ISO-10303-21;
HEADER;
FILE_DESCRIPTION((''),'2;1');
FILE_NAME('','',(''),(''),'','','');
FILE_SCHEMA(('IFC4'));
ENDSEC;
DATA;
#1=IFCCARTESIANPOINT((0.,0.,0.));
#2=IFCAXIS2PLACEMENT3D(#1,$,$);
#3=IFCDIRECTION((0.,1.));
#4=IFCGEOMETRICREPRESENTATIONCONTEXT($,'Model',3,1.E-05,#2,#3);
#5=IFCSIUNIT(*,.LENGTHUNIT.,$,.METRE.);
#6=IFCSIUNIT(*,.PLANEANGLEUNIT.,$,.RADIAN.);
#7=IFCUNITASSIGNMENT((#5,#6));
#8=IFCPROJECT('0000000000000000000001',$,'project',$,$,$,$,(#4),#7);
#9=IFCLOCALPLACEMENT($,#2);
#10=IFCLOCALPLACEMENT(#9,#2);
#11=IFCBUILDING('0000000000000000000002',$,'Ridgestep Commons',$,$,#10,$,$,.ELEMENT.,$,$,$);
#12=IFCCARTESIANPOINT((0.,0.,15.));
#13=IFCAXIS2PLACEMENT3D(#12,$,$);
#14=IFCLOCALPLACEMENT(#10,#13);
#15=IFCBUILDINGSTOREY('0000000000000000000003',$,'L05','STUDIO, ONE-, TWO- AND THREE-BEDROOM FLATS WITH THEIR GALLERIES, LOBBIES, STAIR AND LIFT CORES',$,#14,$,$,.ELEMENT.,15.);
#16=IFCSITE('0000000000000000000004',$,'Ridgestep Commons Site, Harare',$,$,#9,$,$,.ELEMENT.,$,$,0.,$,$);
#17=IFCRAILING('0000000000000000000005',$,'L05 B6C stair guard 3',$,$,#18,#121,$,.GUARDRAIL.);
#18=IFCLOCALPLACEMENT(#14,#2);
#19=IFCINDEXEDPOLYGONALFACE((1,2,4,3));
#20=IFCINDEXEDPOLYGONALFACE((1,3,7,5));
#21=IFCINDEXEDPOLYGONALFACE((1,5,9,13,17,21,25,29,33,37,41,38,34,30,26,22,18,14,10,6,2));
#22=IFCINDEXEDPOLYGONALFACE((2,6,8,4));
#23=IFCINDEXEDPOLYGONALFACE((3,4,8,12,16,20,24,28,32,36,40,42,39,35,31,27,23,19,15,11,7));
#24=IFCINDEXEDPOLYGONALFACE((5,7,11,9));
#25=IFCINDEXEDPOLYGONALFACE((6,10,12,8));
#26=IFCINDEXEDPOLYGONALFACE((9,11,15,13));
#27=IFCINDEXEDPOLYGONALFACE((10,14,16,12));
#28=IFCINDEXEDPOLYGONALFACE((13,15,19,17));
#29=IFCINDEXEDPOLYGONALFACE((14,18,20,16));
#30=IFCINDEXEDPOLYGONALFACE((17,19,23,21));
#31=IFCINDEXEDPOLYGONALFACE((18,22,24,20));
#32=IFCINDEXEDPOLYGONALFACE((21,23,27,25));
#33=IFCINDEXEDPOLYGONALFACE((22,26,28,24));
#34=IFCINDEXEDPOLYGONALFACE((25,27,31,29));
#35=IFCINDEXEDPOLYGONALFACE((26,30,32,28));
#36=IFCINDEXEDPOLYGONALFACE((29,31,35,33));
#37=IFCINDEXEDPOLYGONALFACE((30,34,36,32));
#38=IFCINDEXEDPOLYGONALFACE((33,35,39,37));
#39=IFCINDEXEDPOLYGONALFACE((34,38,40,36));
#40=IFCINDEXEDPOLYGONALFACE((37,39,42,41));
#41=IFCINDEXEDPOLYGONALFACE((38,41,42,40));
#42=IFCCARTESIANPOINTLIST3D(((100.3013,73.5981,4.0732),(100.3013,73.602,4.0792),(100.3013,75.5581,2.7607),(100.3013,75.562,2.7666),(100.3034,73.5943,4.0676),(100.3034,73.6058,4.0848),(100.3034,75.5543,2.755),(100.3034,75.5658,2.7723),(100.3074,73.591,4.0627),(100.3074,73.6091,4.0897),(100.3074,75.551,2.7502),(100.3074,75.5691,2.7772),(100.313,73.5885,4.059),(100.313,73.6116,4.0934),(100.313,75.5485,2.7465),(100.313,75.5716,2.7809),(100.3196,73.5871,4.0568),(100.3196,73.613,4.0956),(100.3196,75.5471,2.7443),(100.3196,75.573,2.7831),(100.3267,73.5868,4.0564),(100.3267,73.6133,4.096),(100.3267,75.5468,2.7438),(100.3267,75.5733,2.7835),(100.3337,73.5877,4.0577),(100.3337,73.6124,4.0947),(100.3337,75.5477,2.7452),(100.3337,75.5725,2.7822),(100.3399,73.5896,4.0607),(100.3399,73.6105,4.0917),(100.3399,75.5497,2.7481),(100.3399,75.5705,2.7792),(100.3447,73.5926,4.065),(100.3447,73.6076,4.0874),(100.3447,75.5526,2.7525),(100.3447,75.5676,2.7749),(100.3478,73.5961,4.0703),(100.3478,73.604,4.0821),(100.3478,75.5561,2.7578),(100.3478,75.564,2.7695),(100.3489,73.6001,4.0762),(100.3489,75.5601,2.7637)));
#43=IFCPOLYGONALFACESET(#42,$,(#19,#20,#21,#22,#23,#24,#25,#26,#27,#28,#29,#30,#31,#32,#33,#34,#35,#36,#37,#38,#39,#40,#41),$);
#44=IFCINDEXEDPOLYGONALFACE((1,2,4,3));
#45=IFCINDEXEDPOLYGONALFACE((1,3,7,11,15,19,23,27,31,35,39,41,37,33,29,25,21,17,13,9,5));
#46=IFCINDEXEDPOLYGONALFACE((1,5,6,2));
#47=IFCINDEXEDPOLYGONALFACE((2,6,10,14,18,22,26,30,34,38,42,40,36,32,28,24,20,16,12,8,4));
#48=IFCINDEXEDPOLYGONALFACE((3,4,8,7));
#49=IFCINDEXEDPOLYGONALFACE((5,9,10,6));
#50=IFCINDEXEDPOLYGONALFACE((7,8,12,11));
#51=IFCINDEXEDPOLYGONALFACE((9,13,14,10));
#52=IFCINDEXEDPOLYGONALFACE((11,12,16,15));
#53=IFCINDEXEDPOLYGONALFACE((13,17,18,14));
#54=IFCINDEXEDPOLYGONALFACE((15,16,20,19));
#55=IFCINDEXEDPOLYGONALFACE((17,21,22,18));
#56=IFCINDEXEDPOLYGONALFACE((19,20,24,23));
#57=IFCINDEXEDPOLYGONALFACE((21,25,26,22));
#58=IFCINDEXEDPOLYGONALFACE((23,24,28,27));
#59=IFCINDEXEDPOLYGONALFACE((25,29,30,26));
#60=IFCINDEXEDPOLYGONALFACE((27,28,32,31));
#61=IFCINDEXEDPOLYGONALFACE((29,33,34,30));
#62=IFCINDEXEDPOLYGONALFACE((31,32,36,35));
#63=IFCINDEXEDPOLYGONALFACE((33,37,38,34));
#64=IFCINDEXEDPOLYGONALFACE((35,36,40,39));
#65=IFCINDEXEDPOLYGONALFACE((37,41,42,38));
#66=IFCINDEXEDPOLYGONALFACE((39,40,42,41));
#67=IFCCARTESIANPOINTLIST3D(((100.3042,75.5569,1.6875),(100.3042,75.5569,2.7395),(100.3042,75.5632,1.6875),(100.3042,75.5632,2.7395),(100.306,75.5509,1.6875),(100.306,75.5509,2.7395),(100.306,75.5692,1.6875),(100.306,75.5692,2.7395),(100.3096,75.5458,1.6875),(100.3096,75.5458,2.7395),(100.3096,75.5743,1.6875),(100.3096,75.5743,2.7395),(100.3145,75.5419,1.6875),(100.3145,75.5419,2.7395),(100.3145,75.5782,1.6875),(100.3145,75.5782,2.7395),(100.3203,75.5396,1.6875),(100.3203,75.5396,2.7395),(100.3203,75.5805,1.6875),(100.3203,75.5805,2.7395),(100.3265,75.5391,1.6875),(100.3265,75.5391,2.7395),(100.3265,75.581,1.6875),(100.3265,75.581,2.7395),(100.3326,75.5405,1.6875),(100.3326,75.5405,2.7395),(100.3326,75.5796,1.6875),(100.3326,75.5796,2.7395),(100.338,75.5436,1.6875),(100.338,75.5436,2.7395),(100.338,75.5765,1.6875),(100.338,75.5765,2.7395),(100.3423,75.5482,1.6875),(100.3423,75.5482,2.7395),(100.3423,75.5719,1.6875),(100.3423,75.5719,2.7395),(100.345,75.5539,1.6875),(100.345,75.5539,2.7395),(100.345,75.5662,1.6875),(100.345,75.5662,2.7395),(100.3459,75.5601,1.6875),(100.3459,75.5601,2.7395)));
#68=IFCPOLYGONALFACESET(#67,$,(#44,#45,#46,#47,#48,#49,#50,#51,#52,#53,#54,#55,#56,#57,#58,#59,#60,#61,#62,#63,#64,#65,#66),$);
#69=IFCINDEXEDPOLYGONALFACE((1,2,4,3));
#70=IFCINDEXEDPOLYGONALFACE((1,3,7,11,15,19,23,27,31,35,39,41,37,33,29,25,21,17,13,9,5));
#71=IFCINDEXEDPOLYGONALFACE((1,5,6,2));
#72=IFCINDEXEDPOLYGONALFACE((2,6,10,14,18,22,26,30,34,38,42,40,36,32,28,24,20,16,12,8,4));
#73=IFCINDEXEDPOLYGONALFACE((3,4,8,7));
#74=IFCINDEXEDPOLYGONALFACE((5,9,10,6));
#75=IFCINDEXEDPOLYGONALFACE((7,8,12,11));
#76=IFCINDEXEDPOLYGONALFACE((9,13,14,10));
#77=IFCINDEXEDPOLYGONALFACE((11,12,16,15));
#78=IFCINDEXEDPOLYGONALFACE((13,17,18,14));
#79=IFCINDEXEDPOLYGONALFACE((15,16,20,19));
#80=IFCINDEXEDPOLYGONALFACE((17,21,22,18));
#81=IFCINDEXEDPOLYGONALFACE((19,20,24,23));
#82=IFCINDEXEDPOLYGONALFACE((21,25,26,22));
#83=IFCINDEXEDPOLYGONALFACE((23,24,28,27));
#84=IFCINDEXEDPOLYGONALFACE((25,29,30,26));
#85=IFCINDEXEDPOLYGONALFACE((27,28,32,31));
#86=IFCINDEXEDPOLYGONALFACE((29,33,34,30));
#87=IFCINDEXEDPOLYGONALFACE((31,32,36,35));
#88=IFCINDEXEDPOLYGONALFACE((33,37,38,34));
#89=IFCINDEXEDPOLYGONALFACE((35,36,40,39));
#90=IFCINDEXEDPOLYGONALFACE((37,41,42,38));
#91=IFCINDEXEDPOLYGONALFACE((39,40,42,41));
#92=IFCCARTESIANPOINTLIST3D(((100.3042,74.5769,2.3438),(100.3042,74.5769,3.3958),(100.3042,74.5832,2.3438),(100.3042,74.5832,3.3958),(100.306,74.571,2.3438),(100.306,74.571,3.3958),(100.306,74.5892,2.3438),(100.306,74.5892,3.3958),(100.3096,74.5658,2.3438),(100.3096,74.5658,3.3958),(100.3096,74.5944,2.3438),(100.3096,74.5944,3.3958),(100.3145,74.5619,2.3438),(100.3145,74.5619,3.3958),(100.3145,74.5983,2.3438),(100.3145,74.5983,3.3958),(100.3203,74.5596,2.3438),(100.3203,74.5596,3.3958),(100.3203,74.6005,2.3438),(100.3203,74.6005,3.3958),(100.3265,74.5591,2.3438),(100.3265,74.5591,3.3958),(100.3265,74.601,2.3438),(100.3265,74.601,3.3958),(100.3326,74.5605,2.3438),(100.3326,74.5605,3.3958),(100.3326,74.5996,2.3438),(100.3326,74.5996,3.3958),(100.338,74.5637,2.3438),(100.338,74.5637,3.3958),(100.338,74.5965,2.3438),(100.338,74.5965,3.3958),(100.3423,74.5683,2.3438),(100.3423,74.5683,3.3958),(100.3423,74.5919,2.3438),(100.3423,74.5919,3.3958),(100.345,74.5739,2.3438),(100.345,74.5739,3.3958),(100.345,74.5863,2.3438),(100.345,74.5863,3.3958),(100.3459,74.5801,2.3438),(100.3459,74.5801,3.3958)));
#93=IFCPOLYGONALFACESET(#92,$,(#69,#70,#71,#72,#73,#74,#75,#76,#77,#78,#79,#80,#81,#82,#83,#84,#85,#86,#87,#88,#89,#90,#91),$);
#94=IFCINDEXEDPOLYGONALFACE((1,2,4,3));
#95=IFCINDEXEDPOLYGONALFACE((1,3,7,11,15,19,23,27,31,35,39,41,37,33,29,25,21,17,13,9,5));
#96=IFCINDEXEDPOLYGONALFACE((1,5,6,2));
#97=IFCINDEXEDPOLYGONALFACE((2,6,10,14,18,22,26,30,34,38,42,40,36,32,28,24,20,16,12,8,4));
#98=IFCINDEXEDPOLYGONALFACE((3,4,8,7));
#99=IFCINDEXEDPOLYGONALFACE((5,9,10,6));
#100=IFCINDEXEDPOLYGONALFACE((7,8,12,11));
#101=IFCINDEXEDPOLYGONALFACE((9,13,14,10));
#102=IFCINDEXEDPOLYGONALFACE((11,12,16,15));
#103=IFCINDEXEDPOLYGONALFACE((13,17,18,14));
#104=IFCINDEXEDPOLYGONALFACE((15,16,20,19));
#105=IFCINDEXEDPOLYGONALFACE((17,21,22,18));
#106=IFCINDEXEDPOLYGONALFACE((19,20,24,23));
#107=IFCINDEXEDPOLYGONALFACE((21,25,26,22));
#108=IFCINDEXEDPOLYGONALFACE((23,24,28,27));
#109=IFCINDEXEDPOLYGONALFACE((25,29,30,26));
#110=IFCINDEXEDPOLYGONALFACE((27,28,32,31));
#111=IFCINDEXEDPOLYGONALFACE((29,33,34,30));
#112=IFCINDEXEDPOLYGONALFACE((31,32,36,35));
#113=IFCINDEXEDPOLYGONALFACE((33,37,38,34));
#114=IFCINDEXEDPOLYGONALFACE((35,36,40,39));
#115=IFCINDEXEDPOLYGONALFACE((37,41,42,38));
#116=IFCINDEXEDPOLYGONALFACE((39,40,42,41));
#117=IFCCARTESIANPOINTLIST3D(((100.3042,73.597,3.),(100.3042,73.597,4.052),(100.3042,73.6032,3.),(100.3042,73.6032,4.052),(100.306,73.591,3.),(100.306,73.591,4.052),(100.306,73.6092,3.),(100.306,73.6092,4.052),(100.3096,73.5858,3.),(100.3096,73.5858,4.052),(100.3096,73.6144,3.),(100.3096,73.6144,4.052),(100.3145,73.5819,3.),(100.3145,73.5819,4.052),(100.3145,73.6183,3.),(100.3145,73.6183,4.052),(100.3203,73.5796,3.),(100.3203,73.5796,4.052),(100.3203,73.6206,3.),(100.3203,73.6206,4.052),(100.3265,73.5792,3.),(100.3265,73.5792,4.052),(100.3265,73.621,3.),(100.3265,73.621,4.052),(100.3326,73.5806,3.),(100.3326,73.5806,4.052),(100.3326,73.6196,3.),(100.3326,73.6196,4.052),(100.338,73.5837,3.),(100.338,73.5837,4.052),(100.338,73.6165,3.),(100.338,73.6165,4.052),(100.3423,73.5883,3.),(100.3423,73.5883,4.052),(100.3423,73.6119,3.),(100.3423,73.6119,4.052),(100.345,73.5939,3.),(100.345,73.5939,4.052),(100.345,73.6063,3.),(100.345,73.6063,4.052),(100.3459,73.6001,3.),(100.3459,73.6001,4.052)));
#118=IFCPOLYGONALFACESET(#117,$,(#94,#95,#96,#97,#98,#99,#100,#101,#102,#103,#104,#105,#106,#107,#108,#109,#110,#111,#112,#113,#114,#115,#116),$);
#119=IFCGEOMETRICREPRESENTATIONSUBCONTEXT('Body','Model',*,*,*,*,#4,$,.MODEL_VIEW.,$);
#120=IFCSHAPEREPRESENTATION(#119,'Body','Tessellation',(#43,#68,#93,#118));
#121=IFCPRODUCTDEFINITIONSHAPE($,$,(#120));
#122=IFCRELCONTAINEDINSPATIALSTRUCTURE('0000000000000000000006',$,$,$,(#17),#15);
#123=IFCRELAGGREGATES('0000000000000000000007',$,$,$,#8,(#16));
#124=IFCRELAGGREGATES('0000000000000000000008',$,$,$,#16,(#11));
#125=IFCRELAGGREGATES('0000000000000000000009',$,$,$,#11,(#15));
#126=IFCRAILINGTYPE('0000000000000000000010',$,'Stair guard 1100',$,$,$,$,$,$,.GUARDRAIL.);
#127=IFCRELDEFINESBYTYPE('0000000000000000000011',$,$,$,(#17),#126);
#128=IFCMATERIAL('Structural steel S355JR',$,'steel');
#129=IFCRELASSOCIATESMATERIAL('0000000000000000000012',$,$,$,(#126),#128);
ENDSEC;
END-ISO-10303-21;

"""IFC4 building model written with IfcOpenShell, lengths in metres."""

from ifc_helpers import new_model, si_unit, direction, frame, origin, origin_2d, place, context, subcontext, project, spatial, circle, extrude, material, type_object, element, save


model = new_model("IFC4")

# Units and contexts
model_context = context("Model", 3, precision=1e-05, world=origin(), true_north=direction((0.0, 1.0)))
body_context = subcontext(model_context, "Body", "Model", "MODEL_VIEW")
ifc_project = project(units=[si_unit("LENGTHUNIT", "METRE"), si_unit("PLANEANGLEUNIT", "RADIAN")], contexts=[model_context])

# Site, building, storey
site_placement = place(None, origin())
site = spatial("IfcSite", under=ifc_project, at=site_placement, Name="Ridgestep Commons Site, Harare", CompositionType="ELEMENT", RefElevation=0.0)
building_placement = place(site_placement, origin())
building = spatial("IfcBuilding", under=site, at=building_placement, Name="Ridgestep Commons", CompositionType="ELEMENT")
storey_placement = place(building_placement, frame((0.0, 0.0, 15.0)))
storey = spatial("IfcBuildingStorey", under=building, at=storey_placement, Name="L05", Description="STUDIO, ONE-, TWO- AND THREE-BEDROOM FLATS WITH THEIR GALLERIES, LOBBIES, STAIR AND LIFT CORES", CompositionType="ELEMENT", Elevation=15.0)

# Railing
ifc_material_1 = material(Name="Structural steel S355JR", Category="steel")
railing_type = type_object("IfcRailingType", Name="Stair guard 1100", PredefinedType="GUARDRAIL", material=ifc_material_1)
railing_1_placement = place(storey_placement, frame((100.325, 75.5601, 1.6875)))
element("IfcRailing", 1, at=railing_1_placement, inside=storey, type_object=railing_type, Name="L05 B6C stair guard 3", PredefinedType="GUARDRAIL", context=body_context, shape_type="SweptSolid", body=[
    extrude(circle(Radius=0.0239, at=origin_2d()), frame((0.0, 0.0, 1.0762), z_axis=(0.0, -0.830902, 0.556419), x_axis=(1.0, 0.0, 0.0)), (0.0, 0.0, 1.0), 2.3589),
    extrude(circle(Radius=0.021, at=origin_2d()), origin(), (0.0, 0.0, 1.0), 1.052),
    extrude(circle(Radius=0.021, at=origin_2d()), frame((0.0, -0.98, 0.6562)), (0.0, 0.0, 1.0), 1.052),
    extrude(circle(Radius=0.021, at=origin_2d()), frame((0.0, -1.96, 1.3125)), (0.0, 0.0, 1.0), 1.052),
])

save(model, "model.ifc")
